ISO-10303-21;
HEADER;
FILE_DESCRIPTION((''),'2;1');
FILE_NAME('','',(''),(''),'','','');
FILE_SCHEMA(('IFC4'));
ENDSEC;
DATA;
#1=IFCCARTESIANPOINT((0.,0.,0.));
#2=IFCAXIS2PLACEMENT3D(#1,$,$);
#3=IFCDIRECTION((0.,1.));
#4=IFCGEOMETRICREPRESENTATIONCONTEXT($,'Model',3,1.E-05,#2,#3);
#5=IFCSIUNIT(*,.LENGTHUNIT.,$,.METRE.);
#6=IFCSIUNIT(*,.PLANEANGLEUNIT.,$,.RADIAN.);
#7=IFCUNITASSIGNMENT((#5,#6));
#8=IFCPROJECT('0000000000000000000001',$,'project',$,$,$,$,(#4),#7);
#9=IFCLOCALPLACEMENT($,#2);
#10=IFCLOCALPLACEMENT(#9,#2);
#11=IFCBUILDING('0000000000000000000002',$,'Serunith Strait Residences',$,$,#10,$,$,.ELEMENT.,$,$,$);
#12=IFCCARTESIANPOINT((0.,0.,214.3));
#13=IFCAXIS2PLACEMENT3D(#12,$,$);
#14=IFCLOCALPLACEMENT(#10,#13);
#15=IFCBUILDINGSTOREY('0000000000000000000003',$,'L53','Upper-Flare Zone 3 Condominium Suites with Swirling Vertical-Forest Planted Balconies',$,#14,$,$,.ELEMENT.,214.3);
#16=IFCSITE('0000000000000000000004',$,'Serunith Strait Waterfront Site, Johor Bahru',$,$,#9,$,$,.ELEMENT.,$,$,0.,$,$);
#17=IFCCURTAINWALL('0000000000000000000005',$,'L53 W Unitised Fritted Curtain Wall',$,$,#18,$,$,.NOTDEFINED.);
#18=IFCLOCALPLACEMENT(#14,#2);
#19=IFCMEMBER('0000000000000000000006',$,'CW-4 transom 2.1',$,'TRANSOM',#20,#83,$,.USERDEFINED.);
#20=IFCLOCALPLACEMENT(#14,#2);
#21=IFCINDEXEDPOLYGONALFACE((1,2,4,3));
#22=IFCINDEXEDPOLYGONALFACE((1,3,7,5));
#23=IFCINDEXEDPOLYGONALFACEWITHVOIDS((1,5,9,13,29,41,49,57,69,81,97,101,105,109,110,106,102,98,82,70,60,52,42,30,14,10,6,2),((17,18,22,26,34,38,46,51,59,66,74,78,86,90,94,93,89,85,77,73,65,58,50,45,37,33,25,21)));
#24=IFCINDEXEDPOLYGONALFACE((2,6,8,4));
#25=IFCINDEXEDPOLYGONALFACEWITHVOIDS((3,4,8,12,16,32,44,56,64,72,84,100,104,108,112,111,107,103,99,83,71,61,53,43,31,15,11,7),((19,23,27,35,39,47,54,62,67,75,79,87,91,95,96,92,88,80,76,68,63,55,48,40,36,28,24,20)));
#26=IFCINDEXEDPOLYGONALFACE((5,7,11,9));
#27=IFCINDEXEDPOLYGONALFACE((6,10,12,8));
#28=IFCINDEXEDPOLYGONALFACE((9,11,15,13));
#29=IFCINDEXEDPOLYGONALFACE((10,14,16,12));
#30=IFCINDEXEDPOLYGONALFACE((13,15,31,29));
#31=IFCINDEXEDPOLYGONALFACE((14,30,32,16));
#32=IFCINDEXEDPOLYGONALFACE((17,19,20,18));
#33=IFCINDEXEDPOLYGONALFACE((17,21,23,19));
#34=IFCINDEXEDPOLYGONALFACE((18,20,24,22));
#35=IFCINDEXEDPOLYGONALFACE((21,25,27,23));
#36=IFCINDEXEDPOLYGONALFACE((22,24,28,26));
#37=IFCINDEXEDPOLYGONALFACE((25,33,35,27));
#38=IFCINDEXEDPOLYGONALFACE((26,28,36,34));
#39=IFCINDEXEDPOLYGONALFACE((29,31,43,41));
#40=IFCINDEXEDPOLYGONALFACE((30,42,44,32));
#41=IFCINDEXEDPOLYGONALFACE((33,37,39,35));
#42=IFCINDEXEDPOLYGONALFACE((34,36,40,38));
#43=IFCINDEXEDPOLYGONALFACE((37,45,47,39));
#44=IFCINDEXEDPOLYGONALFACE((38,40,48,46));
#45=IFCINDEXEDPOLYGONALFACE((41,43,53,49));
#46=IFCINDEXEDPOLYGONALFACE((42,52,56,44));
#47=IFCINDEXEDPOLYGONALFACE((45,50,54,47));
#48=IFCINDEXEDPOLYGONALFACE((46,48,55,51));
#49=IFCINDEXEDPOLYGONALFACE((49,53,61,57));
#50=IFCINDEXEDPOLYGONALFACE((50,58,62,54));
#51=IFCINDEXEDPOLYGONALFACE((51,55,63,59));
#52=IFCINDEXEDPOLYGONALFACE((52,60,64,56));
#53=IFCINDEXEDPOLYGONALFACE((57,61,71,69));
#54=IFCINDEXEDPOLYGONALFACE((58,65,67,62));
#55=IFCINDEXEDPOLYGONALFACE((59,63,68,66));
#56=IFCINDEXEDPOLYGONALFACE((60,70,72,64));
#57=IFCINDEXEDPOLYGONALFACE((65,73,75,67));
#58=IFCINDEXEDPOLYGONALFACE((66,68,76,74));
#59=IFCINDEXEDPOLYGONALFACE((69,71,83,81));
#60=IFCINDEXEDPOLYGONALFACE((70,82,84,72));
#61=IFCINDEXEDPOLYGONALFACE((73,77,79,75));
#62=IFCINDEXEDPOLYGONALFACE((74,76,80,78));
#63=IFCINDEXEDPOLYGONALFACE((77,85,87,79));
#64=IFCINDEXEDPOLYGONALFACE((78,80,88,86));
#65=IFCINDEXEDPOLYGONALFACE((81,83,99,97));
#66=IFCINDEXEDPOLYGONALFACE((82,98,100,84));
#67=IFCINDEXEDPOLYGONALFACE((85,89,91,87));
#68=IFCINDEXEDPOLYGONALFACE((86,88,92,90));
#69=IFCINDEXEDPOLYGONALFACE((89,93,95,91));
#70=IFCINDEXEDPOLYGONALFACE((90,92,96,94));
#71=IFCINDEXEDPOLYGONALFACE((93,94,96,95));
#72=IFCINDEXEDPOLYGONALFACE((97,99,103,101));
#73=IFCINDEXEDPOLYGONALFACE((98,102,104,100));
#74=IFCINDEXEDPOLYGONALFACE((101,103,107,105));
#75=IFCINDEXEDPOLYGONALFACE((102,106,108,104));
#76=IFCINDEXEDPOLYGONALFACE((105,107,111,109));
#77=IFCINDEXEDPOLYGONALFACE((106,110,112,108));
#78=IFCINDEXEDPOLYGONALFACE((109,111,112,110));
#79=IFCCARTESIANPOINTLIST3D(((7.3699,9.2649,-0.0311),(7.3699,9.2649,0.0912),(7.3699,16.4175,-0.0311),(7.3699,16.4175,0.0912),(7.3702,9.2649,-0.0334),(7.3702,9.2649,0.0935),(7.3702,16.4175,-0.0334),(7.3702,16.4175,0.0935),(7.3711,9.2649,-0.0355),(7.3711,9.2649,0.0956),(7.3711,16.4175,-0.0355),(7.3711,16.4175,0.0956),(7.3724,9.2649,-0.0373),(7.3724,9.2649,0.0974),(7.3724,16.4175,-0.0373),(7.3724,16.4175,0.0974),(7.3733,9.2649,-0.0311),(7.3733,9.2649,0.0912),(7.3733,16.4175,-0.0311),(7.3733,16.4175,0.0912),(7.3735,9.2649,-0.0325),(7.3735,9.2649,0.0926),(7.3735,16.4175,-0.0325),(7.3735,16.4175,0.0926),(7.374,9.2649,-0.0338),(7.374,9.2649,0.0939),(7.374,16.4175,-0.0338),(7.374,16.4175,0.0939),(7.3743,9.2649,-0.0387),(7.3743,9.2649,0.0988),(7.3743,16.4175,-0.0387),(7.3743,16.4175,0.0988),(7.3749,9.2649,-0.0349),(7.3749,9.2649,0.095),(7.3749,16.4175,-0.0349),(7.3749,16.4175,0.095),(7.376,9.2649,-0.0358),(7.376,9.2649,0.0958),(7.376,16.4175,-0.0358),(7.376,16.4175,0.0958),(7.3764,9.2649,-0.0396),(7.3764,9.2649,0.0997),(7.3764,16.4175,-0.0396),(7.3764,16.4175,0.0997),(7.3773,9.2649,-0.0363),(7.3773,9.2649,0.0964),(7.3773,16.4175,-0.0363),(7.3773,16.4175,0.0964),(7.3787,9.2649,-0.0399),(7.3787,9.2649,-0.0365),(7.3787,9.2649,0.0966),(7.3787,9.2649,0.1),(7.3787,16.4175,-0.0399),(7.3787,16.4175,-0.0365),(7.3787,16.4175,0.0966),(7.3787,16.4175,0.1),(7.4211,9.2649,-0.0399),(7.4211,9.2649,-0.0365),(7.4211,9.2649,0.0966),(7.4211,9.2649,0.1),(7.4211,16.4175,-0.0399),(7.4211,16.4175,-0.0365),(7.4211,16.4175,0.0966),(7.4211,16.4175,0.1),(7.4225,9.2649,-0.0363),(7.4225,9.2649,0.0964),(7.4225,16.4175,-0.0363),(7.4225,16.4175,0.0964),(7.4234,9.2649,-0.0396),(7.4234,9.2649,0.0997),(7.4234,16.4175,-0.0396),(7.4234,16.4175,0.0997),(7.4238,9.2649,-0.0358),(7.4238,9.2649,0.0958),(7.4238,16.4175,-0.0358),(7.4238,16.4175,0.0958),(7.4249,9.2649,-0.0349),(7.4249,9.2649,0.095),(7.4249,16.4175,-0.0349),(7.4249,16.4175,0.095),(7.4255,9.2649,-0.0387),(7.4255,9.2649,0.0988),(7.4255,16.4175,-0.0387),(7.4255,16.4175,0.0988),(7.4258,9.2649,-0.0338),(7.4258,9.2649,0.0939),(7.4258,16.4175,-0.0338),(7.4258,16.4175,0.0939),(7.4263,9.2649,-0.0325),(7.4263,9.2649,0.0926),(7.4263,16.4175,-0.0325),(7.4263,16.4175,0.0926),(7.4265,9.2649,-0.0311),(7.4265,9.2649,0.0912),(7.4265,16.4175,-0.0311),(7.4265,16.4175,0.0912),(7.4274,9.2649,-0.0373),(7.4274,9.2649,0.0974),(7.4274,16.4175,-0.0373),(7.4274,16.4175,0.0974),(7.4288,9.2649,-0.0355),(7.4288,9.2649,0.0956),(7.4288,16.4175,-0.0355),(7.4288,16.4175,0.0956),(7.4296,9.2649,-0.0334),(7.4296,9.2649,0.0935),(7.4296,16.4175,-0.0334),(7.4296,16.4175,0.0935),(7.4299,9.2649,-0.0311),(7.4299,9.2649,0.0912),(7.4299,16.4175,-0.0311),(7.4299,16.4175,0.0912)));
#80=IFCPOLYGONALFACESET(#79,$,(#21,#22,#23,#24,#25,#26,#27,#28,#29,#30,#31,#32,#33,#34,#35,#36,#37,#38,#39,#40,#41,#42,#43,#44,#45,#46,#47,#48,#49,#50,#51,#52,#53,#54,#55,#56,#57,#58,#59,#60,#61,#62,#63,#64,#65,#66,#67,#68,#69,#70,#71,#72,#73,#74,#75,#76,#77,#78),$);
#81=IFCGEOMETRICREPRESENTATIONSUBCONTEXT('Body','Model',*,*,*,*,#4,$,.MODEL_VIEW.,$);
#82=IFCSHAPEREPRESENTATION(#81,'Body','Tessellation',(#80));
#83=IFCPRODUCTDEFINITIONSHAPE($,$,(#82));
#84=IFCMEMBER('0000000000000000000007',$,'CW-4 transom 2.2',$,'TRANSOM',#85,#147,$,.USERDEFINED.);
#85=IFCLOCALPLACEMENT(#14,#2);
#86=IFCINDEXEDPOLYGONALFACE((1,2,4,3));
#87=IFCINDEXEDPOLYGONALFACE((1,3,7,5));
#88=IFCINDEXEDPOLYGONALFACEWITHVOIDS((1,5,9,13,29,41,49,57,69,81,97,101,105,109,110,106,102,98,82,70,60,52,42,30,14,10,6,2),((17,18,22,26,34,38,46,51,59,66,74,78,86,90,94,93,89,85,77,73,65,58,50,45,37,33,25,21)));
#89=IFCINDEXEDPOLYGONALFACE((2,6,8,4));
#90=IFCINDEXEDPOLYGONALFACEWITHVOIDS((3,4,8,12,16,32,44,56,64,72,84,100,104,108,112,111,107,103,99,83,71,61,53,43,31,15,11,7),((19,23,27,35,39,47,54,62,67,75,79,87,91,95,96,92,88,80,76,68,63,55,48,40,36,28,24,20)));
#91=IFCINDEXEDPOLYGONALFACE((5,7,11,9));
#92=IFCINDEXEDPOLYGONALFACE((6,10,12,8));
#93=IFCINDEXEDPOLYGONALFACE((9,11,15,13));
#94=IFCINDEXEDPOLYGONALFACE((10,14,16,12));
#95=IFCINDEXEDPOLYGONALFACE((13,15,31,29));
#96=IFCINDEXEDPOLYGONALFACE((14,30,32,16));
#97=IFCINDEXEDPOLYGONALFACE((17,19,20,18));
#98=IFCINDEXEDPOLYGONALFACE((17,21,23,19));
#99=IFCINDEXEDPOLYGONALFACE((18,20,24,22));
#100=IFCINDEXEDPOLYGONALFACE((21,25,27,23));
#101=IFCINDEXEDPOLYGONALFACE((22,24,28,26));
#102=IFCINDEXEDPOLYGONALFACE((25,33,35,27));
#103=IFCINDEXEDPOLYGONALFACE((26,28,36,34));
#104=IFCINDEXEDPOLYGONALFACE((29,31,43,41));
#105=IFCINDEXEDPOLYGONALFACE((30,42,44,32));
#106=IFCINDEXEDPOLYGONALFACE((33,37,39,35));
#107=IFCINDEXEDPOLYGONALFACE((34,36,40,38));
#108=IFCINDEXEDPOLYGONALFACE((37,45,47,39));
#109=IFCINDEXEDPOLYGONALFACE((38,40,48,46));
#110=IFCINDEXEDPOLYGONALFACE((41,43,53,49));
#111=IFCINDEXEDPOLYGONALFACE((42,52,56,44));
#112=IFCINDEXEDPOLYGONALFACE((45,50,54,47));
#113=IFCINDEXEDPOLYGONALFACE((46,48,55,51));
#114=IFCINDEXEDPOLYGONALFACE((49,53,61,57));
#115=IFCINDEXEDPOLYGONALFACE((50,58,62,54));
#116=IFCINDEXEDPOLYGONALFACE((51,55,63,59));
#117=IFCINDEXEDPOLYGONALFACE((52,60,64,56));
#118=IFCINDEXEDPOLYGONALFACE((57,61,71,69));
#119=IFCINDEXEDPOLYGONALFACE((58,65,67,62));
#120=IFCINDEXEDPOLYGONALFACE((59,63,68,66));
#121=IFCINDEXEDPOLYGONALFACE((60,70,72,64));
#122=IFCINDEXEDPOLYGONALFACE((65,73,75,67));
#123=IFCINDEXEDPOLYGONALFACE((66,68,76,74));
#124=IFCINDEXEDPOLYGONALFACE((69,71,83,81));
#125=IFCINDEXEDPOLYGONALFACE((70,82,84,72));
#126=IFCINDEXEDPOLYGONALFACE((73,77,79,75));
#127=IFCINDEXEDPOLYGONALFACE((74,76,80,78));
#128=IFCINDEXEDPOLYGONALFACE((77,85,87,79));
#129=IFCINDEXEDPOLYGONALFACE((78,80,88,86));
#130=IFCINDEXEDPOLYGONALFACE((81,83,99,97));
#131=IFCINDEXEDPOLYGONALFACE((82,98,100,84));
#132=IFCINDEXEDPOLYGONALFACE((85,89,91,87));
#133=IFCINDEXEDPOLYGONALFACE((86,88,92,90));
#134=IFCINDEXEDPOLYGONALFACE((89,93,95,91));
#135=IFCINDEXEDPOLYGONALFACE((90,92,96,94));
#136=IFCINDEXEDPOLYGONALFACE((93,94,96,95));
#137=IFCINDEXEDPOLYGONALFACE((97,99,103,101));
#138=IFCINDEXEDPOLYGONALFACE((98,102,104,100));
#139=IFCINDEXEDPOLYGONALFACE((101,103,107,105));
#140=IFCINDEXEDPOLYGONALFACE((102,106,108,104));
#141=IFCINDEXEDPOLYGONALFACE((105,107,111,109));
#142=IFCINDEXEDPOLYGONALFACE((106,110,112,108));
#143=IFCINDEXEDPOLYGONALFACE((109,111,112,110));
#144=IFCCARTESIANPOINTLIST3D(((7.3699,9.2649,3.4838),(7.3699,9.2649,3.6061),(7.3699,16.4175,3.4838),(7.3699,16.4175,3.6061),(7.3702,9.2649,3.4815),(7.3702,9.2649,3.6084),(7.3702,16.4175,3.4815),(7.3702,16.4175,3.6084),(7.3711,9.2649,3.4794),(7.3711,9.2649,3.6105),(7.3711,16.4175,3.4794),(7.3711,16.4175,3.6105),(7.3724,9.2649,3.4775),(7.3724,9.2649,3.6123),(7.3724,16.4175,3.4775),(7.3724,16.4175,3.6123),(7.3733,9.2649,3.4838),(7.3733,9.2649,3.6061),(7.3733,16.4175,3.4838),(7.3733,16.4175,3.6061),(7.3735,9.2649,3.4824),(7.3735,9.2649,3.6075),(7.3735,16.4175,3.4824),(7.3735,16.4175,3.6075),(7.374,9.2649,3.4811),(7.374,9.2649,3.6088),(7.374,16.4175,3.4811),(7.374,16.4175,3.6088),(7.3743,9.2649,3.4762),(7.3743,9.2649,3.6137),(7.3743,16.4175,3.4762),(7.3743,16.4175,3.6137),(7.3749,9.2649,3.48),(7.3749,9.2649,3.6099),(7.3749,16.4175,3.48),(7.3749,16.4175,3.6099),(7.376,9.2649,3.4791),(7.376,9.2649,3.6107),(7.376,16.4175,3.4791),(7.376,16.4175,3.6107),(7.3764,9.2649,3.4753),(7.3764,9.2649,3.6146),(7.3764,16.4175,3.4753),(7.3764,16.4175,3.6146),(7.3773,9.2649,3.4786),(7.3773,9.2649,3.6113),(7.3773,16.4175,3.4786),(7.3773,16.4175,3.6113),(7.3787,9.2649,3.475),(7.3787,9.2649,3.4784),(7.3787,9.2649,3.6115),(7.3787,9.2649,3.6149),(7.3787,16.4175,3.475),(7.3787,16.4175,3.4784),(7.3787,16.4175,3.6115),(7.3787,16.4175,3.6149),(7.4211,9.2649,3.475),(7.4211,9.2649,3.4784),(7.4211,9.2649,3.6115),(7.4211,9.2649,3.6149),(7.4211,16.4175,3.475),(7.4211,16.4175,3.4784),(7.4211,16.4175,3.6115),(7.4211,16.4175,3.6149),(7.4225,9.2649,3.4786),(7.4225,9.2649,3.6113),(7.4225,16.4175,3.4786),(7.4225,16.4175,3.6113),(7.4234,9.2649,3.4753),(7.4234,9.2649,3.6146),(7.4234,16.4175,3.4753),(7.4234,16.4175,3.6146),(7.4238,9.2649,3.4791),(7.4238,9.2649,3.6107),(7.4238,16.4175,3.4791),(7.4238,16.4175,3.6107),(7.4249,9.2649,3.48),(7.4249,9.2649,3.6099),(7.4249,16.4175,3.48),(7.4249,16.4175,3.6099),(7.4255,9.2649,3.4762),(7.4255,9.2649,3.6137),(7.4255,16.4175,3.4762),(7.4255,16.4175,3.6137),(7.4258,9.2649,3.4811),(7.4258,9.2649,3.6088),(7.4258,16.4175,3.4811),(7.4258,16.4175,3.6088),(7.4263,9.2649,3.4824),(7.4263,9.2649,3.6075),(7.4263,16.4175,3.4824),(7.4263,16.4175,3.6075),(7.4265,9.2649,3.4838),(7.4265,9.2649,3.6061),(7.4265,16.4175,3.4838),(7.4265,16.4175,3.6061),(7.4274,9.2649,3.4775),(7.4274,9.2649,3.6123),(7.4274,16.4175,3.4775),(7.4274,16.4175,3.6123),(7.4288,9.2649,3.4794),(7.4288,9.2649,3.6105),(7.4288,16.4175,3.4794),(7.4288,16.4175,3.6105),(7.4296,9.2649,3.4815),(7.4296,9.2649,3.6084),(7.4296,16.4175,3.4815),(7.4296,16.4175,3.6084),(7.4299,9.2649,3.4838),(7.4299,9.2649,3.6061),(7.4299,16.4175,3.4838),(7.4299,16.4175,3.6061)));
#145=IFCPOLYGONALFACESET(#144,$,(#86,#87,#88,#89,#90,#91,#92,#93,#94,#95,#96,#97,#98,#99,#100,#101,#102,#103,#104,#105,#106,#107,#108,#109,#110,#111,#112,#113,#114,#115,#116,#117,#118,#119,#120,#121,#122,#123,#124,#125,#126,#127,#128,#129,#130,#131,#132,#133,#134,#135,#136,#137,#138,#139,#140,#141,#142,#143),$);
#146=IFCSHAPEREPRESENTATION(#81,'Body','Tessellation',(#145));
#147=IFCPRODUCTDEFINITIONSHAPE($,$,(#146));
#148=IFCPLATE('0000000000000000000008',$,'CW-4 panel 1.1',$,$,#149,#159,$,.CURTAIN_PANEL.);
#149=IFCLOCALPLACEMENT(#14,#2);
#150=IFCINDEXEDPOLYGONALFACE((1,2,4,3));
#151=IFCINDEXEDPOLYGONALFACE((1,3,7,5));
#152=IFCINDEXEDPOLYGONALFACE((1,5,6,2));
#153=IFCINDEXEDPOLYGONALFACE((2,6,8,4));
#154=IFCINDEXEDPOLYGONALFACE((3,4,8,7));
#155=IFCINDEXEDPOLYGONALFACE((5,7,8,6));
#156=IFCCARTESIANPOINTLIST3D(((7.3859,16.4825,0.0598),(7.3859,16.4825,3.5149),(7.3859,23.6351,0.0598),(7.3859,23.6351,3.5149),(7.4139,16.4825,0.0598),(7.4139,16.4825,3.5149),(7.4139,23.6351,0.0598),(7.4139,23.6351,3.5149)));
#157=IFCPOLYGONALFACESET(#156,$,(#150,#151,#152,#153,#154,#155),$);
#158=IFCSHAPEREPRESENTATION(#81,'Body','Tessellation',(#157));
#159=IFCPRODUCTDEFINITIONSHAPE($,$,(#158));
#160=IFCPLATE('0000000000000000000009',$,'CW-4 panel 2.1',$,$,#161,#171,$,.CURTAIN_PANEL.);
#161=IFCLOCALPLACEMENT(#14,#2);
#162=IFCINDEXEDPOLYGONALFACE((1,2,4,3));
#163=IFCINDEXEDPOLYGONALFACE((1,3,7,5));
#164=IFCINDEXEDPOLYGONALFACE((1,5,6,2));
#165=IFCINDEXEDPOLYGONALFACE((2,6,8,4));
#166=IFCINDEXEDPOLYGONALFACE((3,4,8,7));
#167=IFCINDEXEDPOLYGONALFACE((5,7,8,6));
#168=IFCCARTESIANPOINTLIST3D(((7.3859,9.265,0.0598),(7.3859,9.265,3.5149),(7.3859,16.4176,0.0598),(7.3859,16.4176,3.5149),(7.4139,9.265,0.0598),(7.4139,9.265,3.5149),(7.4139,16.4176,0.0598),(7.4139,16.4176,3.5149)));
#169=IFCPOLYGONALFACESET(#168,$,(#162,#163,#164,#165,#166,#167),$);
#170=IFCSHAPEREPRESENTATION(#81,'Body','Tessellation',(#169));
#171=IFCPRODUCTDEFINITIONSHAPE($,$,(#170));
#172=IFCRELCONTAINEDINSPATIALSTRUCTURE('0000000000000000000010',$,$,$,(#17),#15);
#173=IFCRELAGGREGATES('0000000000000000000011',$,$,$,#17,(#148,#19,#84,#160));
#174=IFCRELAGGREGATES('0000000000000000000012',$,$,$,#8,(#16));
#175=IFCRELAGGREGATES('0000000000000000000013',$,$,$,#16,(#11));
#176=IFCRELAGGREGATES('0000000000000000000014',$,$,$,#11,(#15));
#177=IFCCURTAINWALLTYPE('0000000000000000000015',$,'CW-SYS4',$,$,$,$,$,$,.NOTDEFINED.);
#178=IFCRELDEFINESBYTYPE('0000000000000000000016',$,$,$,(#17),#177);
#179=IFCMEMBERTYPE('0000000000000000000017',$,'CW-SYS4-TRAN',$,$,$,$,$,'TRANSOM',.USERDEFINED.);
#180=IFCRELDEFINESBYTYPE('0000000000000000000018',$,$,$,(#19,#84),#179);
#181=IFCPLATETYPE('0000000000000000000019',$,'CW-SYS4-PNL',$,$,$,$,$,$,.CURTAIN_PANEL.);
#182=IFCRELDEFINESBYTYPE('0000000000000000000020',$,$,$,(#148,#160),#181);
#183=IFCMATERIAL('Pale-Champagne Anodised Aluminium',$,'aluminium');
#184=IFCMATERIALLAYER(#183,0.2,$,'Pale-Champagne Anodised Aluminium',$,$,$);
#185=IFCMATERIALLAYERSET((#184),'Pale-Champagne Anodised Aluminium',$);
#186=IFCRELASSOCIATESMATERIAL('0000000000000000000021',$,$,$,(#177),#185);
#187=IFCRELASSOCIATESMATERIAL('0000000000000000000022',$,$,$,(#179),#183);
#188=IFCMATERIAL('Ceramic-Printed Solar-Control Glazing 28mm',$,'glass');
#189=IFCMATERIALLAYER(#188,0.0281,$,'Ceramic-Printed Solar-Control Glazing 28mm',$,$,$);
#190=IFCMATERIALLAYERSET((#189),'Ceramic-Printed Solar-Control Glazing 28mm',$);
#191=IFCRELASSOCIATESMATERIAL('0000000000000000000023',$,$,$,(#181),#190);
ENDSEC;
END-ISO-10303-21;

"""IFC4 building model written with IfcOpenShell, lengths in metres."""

from ifc_helpers import new_model, si_unit, direction, frame, origin, origin_2d, place, context, subcontext, project, spatial, rectangle, hollow_rectangle, extrude, source, transform, mapped, material, layer, layer_set, material_profile, profile_set, type_object, element, aggregate, save


model = new_model("IFC4")

# Units and contexts
model_context = context("Model", 3, precision=1e-05, world=origin(), true_north=direction((0.0, 1.0)))
body_context = subcontext(model_context, "Body", "Model", "MODEL_VIEW")
ifc_project = project(units=[si_unit("LENGTHUNIT", "METRE"), si_unit("PLANEANGLEUNIT", "RADIAN")], contexts=[model_context])

# Site, building, storey
site_placement = place(None, origin())
site = spatial("IfcSite", under=ifc_project, at=site_placement, Name="Serunith Strait Waterfront Site, Johor Bahru", CompositionType="ELEMENT", RefElevation=0.0)
building_placement = place(site_placement, origin())
building = spatial("IfcBuilding", under=site, at=building_placement, Name="Serunith Strait Residences", CompositionType="ELEMENT")
storey_placement = place(building_placement, frame((0.0, 0.0, 214.3)))
storey = spatial("IfcBuildingStorey", under=building, at=storey_placement, Name="L53", Description="Upper-Flare Zone 3 Condominium Suites with Swirling Vertical-Forest Planted Balconies", CompositionType="ELEMENT", Elevation=214.3)

# Curtain wall, members, plates
ifc_material_1 = material(Name="Pale-Champagne Anodised Aluminium", Category="aluminium")
ifc_layer_1 = layer(ifc_material_1, 0.2, Name="Pale-Champagne Anodised Aluminium")
ifc_layer_set_1 = layer_set([ifc_layer_1], Name="Pale-Champagne Anodised Aluminium")
curtain_wall_type = type_object("IfcCurtainWallType", Name="CW-SYS4", PredefinedType="NOTDEFINED", material=ifc_layer_set_1)
curtain_wall_placement = place(storey_placement, origin())
curtain_wall = element("IfcCurtainWall", 1, at=curtain_wall_placement, inside=storey, type_object=curtain_wall_type, Name="L53 W Unitised Fritted Curtain Wall", PredefinedType="NOTDEFINED")
ifc_material_profile_1 = material_profile(ifc_material_1, hollow_rectangle(XDim=0.0601, YDim=0.1399, WallThickness=0.0034, InnerFilletRadius=0.0054, OuterFilletRadius=0.0088, at=origin_2d()), Name="ALU 140x60x3.5")
ifc_profile_set_1 = profile_set([ifc_material_profile_1], Name="Pale-Champagne Anodised Aluminium")
member_type_1 = type_object("IfcMemberType", Name="CW-SYS4-TRAN", ElementType="TRANSOM", PredefinedType="USERDEFINED", material=ifc_profile_set_1)
shared_shape_1 = source(origin(), body_context, "Body", "SweptSolid", [
    extrude(hollow_rectangle(XDim=0.0601, YDim=0.1399, WallThickness=0.0034, InnerFilletRadius=0.0054, OuterFilletRadius=0.0088, at=origin_2d()), origin(), (0.0, 0.0, 1.0), 7.1526),
])
member_1_placement = place(storey_placement, frame((7.3999, 16.4175, 0.03), z_axis=(0.0, -1.0, 0.0), x_axis=(1.0, 0.0, 0.0)))
member_1 = element("IfcMember", 2, at=member_1_placement, type_object=member_type_1, Name="CW-4 transom 2.1", ObjectType="TRANSOM", PredefinedType="USERDEFINED", context=body_context, shape_type="MappedRepresentation", body=[
    mapped(shared_shape_1, transform((0.0, 0.0, 0.0), scale=1.0)),
])
member_2_placement = place(storey_placement, frame((7.3999, 16.4175, 3.5449), z_axis=(0.0, -1.0, 0.0), x_axis=(1.0, 0.0, 0.0)))
member_2 = element("IfcMember", 3, at=member_2_placement, type_object=member_type_1, Name="CW-4 transom 2.2", ObjectType="TRANSOM", PredefinedType="USERDEFINED", context=body_context, shape_type="MappedRepresentation", body=[
    mapped(shared_shape_1, transform((0.0, 0.0, 0.0), scale=1.0)),
])
ifc_material_2 = material(Name="Ceramic-Printed Solar-Control Glazing 28mm", Category="glass")
ifc_layer_2 = layer(ifc_material_2, 0.0281, Name="Ceramic-Printed Solar-Control Glazing 28mm")
ifc_layer_set_2 = layer_set([ifc_layer_2], Name="Ceramic-Printed Solar-Control Glazing 28mm")
plate_type = type_object("IfcPlateType", Name="CW-SYS4-PNL", PredefinedType="CURTAIN_PANEL", material=ifc_layer_set_2)
shared_shape_2 = source(origin(), body_context, "Body", "SweptSolid", [
    extrude(rectangle(XDim=7.1526, YDim=0.0281, at=origin_2d()), origin(), (0.0, 0.0, 1.0), 3.4551),
])
plate_1_placement = place(storey_placement, frame((7.3999, 20.0588, 0.0598), z_axis=(0.0, 0.0, 1.0), x_axis=(0.0, -1.0, 0.0)))
plate_1 = element("IfcPlate", 4, at=plate_1_placement, type_object=plate_type, Name="CW-4 panel 1.1", PredefinedType="CURTAIN_PANEL", context=body_context, shape_type="MappedRepresentation", body=[
    mapped(shared_shape_2, transform((0.0, 0.0, 0.0), scale=1.0)),
])
plate_2_placement = place(storey_placement, frame((7.3999, 12.8413, 0.0598), z_axis=(0.0, 0.0, 1.0), x_axis=(0.0, -1.0, 0.0)))
plate_2 = element("IfcPlate", 5, at=plate_2_placement, type_object=plate_type, Name="CW-4 panel 2.1", PredefinedType="CURTAIN_PANEL", context=body_context, shape_type="MappedRepresentation", body=[
    mapped(shared_shape_2, transform((0.0, 0.0, 0.0), scale=1.0)),
])
aggregate(curtain_wall, [plate_1, member_1, member_2, plate_2])

save(model, "model.ifc")
